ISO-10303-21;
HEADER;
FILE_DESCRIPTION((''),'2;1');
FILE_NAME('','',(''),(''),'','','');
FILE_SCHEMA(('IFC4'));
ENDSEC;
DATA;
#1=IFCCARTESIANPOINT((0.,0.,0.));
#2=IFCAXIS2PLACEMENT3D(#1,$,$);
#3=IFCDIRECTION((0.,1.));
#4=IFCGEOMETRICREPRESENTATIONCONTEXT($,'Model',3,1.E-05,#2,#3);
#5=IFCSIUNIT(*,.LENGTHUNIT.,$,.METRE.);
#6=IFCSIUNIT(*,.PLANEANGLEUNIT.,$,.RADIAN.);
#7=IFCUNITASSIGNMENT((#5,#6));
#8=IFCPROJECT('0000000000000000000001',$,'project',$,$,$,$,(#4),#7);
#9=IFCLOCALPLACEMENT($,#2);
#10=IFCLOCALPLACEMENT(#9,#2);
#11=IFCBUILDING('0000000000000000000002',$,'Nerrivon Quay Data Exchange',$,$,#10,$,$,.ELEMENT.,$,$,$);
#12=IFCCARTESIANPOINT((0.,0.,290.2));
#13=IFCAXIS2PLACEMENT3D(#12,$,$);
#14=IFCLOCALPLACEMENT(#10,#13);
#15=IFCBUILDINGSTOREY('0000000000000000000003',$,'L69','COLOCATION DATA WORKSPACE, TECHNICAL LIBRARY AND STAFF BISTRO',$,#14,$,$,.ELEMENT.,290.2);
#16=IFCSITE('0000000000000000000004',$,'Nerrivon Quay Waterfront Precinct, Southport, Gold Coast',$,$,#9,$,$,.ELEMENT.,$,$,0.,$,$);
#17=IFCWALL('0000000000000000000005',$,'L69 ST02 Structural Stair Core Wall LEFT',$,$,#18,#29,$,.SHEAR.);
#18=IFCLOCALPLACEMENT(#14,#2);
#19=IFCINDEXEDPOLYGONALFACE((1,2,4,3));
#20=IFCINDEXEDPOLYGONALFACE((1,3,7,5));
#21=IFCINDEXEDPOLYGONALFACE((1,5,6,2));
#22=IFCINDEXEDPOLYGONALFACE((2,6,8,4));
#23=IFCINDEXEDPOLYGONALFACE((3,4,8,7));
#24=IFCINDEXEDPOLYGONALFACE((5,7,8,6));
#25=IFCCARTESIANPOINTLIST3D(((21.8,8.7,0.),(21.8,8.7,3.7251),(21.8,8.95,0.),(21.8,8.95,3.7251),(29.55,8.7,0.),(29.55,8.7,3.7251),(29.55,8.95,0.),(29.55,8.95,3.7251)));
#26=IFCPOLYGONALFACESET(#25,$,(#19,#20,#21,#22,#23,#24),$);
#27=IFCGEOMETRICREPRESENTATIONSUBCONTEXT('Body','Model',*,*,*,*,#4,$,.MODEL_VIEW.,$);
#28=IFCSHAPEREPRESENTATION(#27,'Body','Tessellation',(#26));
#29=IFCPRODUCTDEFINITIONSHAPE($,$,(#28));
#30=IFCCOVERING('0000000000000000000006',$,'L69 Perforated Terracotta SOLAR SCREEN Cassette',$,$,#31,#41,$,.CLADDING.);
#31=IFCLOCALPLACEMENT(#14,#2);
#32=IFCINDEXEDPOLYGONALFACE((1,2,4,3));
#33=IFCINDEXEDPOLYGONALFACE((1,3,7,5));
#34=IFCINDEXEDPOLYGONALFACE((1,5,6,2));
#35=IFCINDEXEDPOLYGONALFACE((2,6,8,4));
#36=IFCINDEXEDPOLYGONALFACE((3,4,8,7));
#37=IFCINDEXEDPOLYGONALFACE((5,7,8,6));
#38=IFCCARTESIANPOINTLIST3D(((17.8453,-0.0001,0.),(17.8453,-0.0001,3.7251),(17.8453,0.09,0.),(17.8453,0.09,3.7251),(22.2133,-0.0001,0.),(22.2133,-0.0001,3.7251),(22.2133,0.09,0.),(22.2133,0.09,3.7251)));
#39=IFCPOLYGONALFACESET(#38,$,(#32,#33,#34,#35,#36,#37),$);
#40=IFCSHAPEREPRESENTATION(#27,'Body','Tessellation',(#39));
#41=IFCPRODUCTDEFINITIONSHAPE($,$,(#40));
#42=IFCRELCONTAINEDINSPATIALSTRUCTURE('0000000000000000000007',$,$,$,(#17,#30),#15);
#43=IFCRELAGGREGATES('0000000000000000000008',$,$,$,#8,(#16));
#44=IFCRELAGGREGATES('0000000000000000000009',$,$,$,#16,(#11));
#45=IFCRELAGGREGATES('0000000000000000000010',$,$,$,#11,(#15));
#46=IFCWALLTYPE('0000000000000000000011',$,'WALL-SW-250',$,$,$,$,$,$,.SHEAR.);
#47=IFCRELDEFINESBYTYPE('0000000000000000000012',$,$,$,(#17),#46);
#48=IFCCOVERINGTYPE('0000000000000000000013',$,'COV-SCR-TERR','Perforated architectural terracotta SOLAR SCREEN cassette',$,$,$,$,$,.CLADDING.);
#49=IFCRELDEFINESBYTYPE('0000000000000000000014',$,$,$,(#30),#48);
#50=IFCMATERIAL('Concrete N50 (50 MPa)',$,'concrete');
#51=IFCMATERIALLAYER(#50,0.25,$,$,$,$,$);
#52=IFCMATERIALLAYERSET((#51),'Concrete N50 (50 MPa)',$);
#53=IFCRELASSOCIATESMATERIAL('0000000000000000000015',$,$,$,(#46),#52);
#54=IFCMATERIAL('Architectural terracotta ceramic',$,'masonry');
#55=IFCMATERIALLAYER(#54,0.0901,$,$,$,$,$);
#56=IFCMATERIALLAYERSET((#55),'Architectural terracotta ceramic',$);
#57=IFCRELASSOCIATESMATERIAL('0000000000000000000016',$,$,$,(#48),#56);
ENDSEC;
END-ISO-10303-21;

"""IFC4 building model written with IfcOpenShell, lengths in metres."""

from ifc_helpers import new_model, si_unit, direction, frame, frame_2d, origin, origin_2d, place, context, subcontext, project, spatial, rectangle, extrude, material, layer, layer_set, type_object, element, save


model = new_model("IFC4")

# Units and contexts
model_context = context("Model", 3, precision=1e-05, world=origin(), true_north=direction((0.0, 1.0)))
body_context = subcontext(model_context, "Body", "Model", "MODEL_VIEW")
ifc_project = project(units=[si_unit("LENGTHUNIT", "METRE"), si_unit("PLANEANGLEUNIT", "RADIAN")], contexts=[model_context])

# Site, building, storey
site_placement = place(None, origin())
site = spatial("IfcSite", under=ifc_project, at=site_placement, Name="Nerrivon Quay Waterfront Precinct, Southport, Gold Coast", CompositionType="ELEMENT", RefElevation=0.0)
building_placement = place(site_placement, origin())
building = spatial("IfcBuilding", under=site, at=building_placement, Name="Nerrivon Quay Data Exchange", CompositionType="ELEMENT")
storey_placement = place(building_placement, frame((0.0, 0.0, 290.2)))
storey = spatial("IfcBuildingStorey", under=building, at=storey_placement, Name="L69", Description="COLOCATION DATA WORKSPACE, TECHNICAL LIBRARY AND STAFF BISTRO", CompositionType="ELEMENT", Elevation=290.2)

# Shared definitions
ifc_material_1 = material(Name="Concrete N50 (50 MPa)", Category="concrete")

# Wall
ifc_layer_1 = layer(ifc_material_1, 0.25)
ifc_layer_set_1 = layer_set([ifc_layer_1], Name="Concrete N50 (50 MPa)")
wall_type_1 = type_object("IfcWallType", Name="WALL-SW-250", PredefinedType="SHEAR", material=ifc_layer_set_1)
wall_1_placement = place(storey_placement, frame((21.8, 8.825, 0.0), z_axis=(0.0, 0.0, 1.0), x_axis=(1.0, 0.0, 0.0)))
element("IfcWall", 1, at=wall_1_placement, inside=storey, type_object=wall_type_1, Name="L69 ST02 Structural Stair Core Wall LEFT", PredefinedType="SHEAR", context=body_context, shape_type="SweptSolid", body=[
    extrude(rectangle(XDim=7.75, YDim=0.25, at=frame_2d((3.875, 0.0))), origin(), (0.0, 0.0, 1.0), 3.7251),
])

# Covering
ifc_material_2 = material(Name="Architectural terracotta ceramic", Category="masonry")
ifc_layer_2 = layer(ifc_material_2, 0.0901)
ifc_layer_set_2 = layer_set([ifc_layer_2], Name="Architectural terracotta ceramic")
covering_type = type_object("IfcCoveringType", Name="COV-SCR-TERR", Description="Perforated architectural terracotta SOLAR SCREEN cassette", PredefinedType="CLADDING", material=ifc_layer_set_2)
covering_placement = place(storey_placement, frame((20.0293, 0.0449, 0.0), z_axis=(0.0, 0.0, 1.0), x_axis=(-1.0, 0.0, 0.0)))
element("IfcCovering", 2, at=covering_placement, inside=storey, type_object=covering_type, Name="L69 Perforated Terracotta SOLAR SCREEN Cassette", PredefinedType="CLADDING", context=body_context, shape_type="SweptSolid", body=[
    extrude(rectangle(XDim=4.3679, YDim=0.0901, at=origin_2d()), origin(), (0.0, 0.0, 1.0), 3.7251),
])

save(model, "model.ifc")
